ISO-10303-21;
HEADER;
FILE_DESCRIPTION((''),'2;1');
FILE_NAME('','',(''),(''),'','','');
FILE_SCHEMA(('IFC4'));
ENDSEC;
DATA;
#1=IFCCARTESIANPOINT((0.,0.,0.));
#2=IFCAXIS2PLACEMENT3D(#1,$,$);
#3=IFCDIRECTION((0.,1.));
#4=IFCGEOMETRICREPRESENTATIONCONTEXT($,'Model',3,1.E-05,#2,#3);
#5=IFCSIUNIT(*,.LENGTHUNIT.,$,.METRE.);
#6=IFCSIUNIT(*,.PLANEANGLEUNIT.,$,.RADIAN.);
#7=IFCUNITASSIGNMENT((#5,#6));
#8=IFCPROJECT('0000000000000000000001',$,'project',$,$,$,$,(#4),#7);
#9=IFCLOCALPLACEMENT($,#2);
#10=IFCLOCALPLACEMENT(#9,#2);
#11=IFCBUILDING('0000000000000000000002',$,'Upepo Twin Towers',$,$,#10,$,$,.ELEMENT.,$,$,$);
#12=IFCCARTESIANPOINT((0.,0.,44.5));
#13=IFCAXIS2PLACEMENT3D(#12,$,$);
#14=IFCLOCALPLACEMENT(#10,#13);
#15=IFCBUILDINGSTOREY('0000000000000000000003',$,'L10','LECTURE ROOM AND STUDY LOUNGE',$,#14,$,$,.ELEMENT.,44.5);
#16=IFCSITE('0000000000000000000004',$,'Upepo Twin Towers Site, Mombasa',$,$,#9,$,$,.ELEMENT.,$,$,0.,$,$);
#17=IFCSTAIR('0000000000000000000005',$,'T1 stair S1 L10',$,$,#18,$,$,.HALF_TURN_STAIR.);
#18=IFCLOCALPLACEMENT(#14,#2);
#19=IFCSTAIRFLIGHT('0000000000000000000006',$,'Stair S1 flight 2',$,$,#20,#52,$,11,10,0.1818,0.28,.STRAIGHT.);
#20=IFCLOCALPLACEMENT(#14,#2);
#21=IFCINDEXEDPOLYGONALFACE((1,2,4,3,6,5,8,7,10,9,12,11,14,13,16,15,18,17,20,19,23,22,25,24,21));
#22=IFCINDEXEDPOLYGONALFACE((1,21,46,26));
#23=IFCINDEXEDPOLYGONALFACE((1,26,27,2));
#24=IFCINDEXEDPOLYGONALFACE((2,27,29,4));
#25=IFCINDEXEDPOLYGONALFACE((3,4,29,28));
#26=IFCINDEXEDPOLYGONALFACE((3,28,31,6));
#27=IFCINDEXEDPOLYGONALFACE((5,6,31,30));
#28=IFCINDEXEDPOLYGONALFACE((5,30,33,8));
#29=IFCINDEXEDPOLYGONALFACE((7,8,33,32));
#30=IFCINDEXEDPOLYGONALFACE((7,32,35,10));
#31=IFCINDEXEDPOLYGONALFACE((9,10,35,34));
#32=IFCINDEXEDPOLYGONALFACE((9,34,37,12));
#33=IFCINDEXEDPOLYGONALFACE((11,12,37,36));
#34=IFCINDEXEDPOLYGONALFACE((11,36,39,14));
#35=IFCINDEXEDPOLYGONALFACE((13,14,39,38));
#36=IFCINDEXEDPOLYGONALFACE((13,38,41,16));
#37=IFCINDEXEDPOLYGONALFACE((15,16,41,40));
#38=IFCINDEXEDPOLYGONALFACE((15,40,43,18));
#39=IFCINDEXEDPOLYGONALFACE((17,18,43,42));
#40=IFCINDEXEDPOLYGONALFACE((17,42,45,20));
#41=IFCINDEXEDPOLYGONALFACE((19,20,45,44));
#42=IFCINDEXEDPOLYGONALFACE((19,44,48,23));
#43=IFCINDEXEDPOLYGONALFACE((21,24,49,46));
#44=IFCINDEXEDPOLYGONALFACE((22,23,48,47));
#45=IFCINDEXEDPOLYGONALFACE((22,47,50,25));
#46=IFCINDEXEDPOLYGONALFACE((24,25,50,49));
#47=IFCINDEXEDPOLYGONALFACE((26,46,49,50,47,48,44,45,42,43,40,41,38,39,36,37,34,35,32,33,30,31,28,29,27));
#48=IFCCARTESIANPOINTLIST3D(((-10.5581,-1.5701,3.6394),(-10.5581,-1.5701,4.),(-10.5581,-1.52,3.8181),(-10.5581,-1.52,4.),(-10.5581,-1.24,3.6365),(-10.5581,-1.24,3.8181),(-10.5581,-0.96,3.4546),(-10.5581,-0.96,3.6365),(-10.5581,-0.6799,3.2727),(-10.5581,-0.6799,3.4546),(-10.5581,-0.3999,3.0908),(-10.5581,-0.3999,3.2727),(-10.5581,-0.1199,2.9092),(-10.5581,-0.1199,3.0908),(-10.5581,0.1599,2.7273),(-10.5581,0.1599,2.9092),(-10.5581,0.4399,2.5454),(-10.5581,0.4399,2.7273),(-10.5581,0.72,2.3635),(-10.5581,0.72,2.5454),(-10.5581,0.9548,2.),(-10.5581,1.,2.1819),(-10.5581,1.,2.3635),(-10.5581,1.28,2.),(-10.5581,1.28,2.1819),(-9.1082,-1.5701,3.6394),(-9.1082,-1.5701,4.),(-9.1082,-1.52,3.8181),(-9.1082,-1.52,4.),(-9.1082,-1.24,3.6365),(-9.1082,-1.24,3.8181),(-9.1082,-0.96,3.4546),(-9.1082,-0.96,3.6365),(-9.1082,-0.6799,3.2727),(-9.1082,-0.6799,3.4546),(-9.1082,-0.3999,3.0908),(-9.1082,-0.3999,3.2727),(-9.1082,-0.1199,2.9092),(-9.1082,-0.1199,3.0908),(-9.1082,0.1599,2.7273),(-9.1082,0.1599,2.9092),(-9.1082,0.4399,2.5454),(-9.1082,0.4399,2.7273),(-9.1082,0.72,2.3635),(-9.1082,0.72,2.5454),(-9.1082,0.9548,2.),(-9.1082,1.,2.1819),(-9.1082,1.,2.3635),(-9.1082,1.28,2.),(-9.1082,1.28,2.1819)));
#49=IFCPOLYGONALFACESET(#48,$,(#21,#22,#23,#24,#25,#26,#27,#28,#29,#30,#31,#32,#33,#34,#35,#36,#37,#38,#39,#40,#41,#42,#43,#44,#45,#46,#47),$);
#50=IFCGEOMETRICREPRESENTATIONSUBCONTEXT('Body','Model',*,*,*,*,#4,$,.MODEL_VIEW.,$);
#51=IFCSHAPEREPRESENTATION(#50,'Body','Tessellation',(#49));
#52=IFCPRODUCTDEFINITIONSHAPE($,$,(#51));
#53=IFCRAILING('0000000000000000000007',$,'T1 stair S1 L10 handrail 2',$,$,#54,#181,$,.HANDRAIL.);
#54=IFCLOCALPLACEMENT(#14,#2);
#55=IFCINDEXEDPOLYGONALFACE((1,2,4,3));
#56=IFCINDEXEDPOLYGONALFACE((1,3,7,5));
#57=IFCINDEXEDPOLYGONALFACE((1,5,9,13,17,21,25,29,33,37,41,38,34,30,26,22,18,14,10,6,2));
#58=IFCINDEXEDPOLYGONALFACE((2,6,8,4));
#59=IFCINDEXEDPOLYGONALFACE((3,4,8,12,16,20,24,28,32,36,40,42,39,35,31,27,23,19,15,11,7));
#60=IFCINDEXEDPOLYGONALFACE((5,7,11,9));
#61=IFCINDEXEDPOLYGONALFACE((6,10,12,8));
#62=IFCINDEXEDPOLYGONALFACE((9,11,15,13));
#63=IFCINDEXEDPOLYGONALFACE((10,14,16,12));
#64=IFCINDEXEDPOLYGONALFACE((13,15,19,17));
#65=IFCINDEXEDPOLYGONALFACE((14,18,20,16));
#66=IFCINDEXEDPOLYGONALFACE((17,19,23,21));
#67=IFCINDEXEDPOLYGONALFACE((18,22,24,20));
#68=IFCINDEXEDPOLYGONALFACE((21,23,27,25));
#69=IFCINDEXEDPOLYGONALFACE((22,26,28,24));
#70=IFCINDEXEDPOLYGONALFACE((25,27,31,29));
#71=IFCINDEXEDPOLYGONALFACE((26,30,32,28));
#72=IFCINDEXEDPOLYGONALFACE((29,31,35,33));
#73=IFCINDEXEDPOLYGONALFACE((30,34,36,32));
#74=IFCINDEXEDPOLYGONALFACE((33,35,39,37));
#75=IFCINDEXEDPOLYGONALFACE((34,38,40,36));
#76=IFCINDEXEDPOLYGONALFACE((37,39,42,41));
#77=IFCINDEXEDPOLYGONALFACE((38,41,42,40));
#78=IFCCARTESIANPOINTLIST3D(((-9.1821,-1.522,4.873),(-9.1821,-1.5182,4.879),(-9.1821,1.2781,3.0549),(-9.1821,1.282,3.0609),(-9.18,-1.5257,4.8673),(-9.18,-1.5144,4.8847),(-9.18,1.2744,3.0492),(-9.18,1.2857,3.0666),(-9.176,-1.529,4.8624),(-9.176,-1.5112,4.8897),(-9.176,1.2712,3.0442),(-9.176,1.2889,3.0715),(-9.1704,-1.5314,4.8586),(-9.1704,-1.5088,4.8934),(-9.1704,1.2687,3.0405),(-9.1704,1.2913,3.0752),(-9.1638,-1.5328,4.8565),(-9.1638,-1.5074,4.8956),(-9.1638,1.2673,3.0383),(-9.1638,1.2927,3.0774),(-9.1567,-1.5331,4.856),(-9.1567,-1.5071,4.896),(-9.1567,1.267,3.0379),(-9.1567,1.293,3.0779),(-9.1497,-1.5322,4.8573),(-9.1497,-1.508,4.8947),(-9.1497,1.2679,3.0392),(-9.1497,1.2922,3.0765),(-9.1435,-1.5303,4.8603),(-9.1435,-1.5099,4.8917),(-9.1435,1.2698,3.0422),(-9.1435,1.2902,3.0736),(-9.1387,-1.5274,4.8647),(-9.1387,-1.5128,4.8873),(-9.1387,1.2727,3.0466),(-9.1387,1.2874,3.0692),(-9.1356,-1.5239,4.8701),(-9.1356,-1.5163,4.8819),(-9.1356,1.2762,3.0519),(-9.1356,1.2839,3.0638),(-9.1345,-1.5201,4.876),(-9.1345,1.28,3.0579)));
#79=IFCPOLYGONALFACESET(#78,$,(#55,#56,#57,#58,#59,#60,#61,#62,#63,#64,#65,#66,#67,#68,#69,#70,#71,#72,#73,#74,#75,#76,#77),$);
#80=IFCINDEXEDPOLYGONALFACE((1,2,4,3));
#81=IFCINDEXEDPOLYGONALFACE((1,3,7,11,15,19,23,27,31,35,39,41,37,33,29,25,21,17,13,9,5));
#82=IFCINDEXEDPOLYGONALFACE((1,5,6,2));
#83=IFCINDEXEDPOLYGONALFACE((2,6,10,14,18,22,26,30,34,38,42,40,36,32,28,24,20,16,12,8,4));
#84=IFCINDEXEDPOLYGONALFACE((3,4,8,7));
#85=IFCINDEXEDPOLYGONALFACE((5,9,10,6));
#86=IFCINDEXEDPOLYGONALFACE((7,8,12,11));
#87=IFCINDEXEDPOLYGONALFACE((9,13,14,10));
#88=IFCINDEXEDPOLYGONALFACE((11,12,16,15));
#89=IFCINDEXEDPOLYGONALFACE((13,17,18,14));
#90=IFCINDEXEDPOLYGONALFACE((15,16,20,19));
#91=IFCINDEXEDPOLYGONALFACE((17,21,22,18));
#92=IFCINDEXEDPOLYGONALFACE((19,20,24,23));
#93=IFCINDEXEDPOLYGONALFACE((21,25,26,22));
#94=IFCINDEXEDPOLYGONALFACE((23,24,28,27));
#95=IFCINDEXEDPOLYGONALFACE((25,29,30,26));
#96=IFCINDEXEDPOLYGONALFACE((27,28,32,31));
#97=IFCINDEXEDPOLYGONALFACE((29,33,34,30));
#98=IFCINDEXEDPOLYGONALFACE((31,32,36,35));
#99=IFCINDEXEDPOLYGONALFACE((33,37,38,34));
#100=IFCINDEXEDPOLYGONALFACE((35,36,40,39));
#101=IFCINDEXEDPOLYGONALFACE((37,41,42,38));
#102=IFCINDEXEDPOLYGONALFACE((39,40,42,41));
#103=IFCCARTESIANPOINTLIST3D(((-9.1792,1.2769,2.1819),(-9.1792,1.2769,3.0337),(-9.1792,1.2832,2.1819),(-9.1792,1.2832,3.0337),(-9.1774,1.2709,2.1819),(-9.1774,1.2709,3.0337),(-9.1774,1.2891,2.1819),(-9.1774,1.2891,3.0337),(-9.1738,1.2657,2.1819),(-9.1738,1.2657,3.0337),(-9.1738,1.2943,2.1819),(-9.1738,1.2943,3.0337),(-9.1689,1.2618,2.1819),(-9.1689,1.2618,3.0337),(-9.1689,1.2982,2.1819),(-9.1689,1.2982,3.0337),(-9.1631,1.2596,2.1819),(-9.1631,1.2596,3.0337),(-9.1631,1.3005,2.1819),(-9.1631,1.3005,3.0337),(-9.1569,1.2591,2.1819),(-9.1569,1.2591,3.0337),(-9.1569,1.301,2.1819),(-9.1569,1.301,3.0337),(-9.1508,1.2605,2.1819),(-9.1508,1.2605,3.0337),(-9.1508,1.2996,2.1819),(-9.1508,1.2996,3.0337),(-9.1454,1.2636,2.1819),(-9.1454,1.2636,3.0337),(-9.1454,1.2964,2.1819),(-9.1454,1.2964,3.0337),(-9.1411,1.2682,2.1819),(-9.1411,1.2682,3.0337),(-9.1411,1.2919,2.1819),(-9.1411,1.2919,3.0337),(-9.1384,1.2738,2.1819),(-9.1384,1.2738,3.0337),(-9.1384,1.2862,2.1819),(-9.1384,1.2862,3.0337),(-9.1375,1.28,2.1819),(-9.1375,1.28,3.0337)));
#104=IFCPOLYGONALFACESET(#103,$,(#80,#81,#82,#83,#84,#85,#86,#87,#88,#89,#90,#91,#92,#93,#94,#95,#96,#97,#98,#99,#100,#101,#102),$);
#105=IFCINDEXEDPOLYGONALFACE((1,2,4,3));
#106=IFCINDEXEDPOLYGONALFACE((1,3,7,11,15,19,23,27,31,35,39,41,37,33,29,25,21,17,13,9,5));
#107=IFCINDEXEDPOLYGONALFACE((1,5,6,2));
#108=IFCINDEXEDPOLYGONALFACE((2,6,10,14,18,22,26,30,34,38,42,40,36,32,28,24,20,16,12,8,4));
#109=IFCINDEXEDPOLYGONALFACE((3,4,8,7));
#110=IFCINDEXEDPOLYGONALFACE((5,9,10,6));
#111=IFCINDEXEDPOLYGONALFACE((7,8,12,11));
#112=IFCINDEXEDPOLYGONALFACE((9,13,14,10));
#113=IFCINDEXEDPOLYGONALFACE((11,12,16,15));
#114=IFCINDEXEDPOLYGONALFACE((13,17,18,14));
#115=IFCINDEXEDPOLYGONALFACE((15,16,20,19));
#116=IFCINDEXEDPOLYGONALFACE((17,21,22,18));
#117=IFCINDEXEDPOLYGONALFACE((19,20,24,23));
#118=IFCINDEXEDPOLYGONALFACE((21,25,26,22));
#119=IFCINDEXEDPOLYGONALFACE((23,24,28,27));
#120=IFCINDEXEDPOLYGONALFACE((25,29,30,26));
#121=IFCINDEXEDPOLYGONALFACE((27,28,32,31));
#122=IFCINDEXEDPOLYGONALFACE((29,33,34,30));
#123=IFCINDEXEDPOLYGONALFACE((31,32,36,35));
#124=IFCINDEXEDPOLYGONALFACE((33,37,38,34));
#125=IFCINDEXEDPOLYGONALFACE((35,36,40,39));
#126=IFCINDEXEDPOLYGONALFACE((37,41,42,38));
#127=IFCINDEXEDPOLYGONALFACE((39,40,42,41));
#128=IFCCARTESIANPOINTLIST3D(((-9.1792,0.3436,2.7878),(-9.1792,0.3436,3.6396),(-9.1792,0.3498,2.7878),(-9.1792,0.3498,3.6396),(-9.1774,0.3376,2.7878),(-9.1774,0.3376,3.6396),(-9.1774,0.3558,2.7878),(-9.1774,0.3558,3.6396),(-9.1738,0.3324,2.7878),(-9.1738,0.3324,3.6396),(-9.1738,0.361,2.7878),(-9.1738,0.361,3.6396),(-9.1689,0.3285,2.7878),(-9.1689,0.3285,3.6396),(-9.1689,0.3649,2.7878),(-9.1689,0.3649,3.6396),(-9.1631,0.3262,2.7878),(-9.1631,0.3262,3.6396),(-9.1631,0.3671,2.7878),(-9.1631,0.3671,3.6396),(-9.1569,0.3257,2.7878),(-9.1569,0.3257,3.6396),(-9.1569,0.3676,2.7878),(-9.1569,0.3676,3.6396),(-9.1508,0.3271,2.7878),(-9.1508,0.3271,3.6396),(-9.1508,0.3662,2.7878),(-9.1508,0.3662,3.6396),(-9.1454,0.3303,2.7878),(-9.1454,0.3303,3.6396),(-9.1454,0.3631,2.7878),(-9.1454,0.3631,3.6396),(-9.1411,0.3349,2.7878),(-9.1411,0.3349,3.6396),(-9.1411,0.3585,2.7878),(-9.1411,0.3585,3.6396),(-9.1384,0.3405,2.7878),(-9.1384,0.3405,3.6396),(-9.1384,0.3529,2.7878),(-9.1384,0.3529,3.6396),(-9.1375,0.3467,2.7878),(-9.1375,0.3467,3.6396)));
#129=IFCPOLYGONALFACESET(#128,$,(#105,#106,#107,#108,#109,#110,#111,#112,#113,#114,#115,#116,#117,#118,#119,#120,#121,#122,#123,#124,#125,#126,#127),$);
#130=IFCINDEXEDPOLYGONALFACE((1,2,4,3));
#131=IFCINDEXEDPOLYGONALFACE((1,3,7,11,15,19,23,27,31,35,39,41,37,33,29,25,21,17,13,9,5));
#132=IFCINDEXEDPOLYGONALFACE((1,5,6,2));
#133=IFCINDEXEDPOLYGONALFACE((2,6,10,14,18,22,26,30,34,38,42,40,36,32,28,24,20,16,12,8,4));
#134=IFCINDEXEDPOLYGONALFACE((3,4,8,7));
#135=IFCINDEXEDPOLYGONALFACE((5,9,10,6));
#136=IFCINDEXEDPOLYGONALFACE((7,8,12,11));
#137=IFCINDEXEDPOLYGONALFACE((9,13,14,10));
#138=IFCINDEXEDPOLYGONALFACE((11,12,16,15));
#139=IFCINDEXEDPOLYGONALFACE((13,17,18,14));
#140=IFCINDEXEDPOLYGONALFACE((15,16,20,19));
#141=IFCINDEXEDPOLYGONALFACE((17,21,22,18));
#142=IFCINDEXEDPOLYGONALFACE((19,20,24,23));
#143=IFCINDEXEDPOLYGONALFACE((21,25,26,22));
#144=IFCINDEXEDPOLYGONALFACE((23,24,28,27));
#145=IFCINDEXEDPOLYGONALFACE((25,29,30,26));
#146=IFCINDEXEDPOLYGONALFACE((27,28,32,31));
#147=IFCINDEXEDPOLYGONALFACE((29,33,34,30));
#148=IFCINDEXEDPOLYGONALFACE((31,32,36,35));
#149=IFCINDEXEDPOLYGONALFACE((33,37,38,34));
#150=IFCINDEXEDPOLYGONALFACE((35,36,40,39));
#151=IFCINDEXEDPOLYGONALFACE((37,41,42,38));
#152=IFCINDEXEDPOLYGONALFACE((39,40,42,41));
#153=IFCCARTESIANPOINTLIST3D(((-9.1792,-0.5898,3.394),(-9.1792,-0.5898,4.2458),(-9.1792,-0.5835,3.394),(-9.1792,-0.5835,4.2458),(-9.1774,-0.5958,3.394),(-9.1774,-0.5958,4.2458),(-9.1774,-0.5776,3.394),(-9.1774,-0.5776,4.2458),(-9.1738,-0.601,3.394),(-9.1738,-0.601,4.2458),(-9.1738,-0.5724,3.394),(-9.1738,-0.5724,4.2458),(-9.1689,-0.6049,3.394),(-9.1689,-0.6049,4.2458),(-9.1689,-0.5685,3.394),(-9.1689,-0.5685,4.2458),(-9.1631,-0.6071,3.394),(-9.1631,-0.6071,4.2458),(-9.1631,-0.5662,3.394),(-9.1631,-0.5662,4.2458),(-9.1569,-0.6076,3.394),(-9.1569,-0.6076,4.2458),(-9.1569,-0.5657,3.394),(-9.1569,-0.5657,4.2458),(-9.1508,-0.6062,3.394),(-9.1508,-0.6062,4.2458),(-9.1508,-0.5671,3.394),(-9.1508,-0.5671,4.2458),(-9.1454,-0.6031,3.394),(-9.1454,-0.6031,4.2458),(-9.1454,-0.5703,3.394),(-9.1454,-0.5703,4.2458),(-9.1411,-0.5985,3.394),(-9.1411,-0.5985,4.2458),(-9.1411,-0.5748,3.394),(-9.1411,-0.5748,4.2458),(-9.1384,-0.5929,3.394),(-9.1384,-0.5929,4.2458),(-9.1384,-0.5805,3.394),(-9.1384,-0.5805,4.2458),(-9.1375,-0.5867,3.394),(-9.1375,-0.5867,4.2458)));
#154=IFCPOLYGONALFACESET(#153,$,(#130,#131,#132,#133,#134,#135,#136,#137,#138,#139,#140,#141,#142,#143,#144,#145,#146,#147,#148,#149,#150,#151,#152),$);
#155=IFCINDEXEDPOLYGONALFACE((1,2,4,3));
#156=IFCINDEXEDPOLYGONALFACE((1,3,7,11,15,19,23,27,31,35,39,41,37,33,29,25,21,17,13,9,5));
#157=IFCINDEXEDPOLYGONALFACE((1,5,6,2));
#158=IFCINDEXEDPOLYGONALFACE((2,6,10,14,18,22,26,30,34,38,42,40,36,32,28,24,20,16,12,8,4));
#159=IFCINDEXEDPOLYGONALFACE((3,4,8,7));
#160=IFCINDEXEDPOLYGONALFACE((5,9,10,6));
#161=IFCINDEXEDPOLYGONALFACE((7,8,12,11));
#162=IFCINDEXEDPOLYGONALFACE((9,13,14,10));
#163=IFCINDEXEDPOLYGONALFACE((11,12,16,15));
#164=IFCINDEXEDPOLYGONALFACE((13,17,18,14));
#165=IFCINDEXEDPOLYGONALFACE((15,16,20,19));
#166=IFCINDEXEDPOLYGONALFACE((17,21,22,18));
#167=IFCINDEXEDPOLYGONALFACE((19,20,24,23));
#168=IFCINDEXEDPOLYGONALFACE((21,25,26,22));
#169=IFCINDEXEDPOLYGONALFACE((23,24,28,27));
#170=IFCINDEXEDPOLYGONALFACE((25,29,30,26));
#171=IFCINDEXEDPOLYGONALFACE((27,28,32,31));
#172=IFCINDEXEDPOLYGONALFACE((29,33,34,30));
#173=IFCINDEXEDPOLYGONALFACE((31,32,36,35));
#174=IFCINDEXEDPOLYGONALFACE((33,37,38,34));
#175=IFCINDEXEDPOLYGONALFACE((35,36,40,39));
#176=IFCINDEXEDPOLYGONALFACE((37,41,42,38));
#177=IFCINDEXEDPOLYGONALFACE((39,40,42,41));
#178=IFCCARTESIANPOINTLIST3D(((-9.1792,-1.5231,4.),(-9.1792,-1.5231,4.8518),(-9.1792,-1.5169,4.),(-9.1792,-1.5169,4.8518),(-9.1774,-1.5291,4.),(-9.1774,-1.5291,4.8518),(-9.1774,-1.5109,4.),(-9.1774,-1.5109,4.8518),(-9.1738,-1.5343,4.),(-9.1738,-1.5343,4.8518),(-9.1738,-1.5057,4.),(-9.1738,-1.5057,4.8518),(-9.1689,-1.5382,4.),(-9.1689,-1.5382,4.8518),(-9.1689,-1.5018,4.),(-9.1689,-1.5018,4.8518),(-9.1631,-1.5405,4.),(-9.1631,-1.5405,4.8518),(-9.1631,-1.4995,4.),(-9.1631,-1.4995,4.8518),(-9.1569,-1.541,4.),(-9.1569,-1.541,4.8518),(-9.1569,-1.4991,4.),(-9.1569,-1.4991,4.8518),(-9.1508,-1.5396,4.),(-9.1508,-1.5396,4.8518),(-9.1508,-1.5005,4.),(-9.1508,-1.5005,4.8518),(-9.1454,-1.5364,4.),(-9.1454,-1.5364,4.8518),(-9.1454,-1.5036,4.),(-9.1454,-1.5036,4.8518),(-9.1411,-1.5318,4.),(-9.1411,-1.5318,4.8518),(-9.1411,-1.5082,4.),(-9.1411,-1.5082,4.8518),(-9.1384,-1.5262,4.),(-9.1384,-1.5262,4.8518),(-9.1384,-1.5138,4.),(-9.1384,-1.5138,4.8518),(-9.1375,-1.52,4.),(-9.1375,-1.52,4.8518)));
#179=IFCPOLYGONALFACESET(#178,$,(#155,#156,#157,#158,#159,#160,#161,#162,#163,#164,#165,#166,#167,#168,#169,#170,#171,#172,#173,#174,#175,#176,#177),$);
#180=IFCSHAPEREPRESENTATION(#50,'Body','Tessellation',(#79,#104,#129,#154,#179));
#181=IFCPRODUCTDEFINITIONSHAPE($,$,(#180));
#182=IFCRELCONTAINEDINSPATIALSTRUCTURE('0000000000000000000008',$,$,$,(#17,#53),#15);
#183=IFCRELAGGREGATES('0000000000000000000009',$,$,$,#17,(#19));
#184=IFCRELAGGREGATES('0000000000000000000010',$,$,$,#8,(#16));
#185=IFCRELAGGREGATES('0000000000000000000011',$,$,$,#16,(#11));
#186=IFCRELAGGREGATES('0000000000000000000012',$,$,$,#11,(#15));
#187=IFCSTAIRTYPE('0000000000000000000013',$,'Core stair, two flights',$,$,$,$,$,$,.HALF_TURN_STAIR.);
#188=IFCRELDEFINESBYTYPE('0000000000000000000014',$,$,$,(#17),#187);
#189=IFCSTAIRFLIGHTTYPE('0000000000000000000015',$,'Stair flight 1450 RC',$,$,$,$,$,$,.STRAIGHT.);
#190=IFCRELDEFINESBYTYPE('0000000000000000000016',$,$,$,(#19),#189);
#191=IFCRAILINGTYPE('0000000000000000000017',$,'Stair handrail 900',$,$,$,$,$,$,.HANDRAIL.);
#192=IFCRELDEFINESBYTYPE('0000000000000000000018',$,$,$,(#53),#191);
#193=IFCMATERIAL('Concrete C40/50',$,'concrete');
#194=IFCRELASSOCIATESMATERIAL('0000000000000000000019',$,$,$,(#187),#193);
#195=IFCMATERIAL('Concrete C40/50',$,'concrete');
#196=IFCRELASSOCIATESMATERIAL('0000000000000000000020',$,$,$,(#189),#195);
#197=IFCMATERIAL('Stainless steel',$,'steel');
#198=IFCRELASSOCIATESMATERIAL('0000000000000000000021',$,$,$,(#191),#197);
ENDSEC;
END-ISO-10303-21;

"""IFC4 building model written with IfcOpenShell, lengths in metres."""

from ifc_helpers import new_model, si_unit, direction, frame, origin, origin_2d, place, context, subcontext, project, spatial, polyline, circle, outline, extrude, material, type_object, element, aggregate, save


model = new_model("IFC4")

# Units and contexts
model_context = context("Model", 3, precision=1e-05, world=origin(), true_north=direction((0.0, 1.0)))
body_context = subcontext(model_context, "Body", "Model", "MODEL_VIEW")
ifc_project = project(units=[si_unit("LENGTHUNIT", "METRE"), si_unit("PLANEANGLEUNIT", "RADIAN")], contexts=[model_context])

# Site, building, storey
site_placement = place(None, origin())
site = spatial("IfcSite", under=ifc_project, at=site_placement, Name="Upepo Twin Towers Site, Mombasa", CompositionType="ELEMENT", RefElevation=0.0)
building_placement = place(site_placement, origin())
building = spatial("IfcBuilding", under=site, at=building_placement, Name="Upepo Twin Towers", CompositionType="ELEMENT")
storey_placement = place(building_placement, frame((0.0, 0.0, 44.5)))
storey = spatial("IfcBuildingStorey", under=building, at=storey_placement, Name="L10", Description="LECTURE ROOM AND STUDY LOUNGE", CompositionType="ELEMENT", Elevation=44.5)

# Stair, stair flight
ifc_material_1 = material(Name="Concrete C40/50", Category="concrete")
stair_type = type_object("IfcStairType", Name="Core stair, two flights", PredefinedType="HALF_TURN_STAIR", material=ifc_material_1)
stair_placement = place(storey_placement, origin())
stair = element("IfcStair", 1, at=stair_placement, inside=storey, type_object=stair_type, Name="T1 stair S1 L10", PredefinedType="HALF_TURN_STAIR")
ifc_material_2 = material(Name="Concrete C40/50", Category="concrete")
stair_flight_type = type_object("IfcStairFlightType", Name="Stair flight 1450 RC", PredefinedType="STRAIGHT", material=ifc_material_2)
stair_flight_placement = place(storey_placement, frame((-9.8333, 1.28, 2.0), z_axis=(0.0, 0.0, 1.0), x_axis=(0.0, -1.0, 0.0)))
stair_flight = element("IfcStairFlight", 2, at=stair_flight_placement, type_object=stair_flight_type, Name="Stair S1 flight 2", NumberOfRisers=11, NumberOfTreads=10, PredefinedType="STRAIGHT", RiserHeight=0.1818, TreadLength=0.28, context=body_context, shape_type="SweptSolid", body=[
    extrude(outline(polyline([(0.0, 0.0), (0.0, 0.1819), (0.28, 0.1819), (0.28, 0.3635), (0.5601, 0.3635), (0.5601, 0.5454), (0.8401, 0.5454), (0.8401, 0.7273), (1.1201, 0.7273), (1.1201, 0.9092), (1.3999, 0.9092), (1.3999, 1.0908), (1.6799, 1.0908), (1.6799, 1.2727), (1.96, 1.2727), (1.96, 1.4546), (2.24, 1.4546), (2.24, 1.6365), (2.52, 1.6365), (2.52, 1.8181), (2.8, 1.8181), (2.8, 2.0), (2.8501, 2.0), (2.8501, 1.6394), (0.3252, 0.0), (0.0, 0.0)])), frame((0.0, 0.7251, 0.0), z_axis=(0.0, -1.0, 0.0), x_axis=(1.0, 0.0, 0.0)), (0.0, 0.0, 1.0), 1.45),
])
aggregate(stair, [stair_flight])

# Railing
ifc_material_3 = material(Name="Stainless steel", Category="steel")
railing_type = type_object("IfcRailingType", Name="Stair handrail 900", PredefinedType="HANDRAIL", material=ifc_material_3)
railing_placement = place(storey_placement, frame((-9.1584, 1.28, 2.1819)))
element("IfcRailing", 3, at=railing_placement, inside=storey, type_object=railing_type, Name="T1 stair S1 L10 handrail 2", PredefinedType="HANDRAIL", context=body_context, shape_type="SweptSolid", body=[
    extrude(circle(Radius=0.0239, at=origin_2d()), frame((0.0, 0.0, 0.876), z_axis=(0.0, -0.838706, 0.544585), x_axis=(1.0, 0.0, 0.0)), (0.0, 0.0, 1.0), 3.3386),
    extrude(circle(Radius=0.021, at=origin_2d()), origin(), (0.0, 0.0, 1.0), 0.8518),
    extrude(circle(Radius=0.021, at=origin_2d()), frame((0.0, -0.9333, 0.606)), (0.0, 0.0, 1.0), 0.8518),
    extrude(circle(Radius=0.021, at=origin_2d()), frame((0.0, -1.8667, 1.2122)), (0.0, 0.0, 1.0), 0.8518),
    extrude(circle(Radius=0.021, at=origin_2d()), frame((0.0, -2.8, 1.8181)), (0.0, 0.0, 1.0), 0.8518),
])

save(model, "model.ifc")
